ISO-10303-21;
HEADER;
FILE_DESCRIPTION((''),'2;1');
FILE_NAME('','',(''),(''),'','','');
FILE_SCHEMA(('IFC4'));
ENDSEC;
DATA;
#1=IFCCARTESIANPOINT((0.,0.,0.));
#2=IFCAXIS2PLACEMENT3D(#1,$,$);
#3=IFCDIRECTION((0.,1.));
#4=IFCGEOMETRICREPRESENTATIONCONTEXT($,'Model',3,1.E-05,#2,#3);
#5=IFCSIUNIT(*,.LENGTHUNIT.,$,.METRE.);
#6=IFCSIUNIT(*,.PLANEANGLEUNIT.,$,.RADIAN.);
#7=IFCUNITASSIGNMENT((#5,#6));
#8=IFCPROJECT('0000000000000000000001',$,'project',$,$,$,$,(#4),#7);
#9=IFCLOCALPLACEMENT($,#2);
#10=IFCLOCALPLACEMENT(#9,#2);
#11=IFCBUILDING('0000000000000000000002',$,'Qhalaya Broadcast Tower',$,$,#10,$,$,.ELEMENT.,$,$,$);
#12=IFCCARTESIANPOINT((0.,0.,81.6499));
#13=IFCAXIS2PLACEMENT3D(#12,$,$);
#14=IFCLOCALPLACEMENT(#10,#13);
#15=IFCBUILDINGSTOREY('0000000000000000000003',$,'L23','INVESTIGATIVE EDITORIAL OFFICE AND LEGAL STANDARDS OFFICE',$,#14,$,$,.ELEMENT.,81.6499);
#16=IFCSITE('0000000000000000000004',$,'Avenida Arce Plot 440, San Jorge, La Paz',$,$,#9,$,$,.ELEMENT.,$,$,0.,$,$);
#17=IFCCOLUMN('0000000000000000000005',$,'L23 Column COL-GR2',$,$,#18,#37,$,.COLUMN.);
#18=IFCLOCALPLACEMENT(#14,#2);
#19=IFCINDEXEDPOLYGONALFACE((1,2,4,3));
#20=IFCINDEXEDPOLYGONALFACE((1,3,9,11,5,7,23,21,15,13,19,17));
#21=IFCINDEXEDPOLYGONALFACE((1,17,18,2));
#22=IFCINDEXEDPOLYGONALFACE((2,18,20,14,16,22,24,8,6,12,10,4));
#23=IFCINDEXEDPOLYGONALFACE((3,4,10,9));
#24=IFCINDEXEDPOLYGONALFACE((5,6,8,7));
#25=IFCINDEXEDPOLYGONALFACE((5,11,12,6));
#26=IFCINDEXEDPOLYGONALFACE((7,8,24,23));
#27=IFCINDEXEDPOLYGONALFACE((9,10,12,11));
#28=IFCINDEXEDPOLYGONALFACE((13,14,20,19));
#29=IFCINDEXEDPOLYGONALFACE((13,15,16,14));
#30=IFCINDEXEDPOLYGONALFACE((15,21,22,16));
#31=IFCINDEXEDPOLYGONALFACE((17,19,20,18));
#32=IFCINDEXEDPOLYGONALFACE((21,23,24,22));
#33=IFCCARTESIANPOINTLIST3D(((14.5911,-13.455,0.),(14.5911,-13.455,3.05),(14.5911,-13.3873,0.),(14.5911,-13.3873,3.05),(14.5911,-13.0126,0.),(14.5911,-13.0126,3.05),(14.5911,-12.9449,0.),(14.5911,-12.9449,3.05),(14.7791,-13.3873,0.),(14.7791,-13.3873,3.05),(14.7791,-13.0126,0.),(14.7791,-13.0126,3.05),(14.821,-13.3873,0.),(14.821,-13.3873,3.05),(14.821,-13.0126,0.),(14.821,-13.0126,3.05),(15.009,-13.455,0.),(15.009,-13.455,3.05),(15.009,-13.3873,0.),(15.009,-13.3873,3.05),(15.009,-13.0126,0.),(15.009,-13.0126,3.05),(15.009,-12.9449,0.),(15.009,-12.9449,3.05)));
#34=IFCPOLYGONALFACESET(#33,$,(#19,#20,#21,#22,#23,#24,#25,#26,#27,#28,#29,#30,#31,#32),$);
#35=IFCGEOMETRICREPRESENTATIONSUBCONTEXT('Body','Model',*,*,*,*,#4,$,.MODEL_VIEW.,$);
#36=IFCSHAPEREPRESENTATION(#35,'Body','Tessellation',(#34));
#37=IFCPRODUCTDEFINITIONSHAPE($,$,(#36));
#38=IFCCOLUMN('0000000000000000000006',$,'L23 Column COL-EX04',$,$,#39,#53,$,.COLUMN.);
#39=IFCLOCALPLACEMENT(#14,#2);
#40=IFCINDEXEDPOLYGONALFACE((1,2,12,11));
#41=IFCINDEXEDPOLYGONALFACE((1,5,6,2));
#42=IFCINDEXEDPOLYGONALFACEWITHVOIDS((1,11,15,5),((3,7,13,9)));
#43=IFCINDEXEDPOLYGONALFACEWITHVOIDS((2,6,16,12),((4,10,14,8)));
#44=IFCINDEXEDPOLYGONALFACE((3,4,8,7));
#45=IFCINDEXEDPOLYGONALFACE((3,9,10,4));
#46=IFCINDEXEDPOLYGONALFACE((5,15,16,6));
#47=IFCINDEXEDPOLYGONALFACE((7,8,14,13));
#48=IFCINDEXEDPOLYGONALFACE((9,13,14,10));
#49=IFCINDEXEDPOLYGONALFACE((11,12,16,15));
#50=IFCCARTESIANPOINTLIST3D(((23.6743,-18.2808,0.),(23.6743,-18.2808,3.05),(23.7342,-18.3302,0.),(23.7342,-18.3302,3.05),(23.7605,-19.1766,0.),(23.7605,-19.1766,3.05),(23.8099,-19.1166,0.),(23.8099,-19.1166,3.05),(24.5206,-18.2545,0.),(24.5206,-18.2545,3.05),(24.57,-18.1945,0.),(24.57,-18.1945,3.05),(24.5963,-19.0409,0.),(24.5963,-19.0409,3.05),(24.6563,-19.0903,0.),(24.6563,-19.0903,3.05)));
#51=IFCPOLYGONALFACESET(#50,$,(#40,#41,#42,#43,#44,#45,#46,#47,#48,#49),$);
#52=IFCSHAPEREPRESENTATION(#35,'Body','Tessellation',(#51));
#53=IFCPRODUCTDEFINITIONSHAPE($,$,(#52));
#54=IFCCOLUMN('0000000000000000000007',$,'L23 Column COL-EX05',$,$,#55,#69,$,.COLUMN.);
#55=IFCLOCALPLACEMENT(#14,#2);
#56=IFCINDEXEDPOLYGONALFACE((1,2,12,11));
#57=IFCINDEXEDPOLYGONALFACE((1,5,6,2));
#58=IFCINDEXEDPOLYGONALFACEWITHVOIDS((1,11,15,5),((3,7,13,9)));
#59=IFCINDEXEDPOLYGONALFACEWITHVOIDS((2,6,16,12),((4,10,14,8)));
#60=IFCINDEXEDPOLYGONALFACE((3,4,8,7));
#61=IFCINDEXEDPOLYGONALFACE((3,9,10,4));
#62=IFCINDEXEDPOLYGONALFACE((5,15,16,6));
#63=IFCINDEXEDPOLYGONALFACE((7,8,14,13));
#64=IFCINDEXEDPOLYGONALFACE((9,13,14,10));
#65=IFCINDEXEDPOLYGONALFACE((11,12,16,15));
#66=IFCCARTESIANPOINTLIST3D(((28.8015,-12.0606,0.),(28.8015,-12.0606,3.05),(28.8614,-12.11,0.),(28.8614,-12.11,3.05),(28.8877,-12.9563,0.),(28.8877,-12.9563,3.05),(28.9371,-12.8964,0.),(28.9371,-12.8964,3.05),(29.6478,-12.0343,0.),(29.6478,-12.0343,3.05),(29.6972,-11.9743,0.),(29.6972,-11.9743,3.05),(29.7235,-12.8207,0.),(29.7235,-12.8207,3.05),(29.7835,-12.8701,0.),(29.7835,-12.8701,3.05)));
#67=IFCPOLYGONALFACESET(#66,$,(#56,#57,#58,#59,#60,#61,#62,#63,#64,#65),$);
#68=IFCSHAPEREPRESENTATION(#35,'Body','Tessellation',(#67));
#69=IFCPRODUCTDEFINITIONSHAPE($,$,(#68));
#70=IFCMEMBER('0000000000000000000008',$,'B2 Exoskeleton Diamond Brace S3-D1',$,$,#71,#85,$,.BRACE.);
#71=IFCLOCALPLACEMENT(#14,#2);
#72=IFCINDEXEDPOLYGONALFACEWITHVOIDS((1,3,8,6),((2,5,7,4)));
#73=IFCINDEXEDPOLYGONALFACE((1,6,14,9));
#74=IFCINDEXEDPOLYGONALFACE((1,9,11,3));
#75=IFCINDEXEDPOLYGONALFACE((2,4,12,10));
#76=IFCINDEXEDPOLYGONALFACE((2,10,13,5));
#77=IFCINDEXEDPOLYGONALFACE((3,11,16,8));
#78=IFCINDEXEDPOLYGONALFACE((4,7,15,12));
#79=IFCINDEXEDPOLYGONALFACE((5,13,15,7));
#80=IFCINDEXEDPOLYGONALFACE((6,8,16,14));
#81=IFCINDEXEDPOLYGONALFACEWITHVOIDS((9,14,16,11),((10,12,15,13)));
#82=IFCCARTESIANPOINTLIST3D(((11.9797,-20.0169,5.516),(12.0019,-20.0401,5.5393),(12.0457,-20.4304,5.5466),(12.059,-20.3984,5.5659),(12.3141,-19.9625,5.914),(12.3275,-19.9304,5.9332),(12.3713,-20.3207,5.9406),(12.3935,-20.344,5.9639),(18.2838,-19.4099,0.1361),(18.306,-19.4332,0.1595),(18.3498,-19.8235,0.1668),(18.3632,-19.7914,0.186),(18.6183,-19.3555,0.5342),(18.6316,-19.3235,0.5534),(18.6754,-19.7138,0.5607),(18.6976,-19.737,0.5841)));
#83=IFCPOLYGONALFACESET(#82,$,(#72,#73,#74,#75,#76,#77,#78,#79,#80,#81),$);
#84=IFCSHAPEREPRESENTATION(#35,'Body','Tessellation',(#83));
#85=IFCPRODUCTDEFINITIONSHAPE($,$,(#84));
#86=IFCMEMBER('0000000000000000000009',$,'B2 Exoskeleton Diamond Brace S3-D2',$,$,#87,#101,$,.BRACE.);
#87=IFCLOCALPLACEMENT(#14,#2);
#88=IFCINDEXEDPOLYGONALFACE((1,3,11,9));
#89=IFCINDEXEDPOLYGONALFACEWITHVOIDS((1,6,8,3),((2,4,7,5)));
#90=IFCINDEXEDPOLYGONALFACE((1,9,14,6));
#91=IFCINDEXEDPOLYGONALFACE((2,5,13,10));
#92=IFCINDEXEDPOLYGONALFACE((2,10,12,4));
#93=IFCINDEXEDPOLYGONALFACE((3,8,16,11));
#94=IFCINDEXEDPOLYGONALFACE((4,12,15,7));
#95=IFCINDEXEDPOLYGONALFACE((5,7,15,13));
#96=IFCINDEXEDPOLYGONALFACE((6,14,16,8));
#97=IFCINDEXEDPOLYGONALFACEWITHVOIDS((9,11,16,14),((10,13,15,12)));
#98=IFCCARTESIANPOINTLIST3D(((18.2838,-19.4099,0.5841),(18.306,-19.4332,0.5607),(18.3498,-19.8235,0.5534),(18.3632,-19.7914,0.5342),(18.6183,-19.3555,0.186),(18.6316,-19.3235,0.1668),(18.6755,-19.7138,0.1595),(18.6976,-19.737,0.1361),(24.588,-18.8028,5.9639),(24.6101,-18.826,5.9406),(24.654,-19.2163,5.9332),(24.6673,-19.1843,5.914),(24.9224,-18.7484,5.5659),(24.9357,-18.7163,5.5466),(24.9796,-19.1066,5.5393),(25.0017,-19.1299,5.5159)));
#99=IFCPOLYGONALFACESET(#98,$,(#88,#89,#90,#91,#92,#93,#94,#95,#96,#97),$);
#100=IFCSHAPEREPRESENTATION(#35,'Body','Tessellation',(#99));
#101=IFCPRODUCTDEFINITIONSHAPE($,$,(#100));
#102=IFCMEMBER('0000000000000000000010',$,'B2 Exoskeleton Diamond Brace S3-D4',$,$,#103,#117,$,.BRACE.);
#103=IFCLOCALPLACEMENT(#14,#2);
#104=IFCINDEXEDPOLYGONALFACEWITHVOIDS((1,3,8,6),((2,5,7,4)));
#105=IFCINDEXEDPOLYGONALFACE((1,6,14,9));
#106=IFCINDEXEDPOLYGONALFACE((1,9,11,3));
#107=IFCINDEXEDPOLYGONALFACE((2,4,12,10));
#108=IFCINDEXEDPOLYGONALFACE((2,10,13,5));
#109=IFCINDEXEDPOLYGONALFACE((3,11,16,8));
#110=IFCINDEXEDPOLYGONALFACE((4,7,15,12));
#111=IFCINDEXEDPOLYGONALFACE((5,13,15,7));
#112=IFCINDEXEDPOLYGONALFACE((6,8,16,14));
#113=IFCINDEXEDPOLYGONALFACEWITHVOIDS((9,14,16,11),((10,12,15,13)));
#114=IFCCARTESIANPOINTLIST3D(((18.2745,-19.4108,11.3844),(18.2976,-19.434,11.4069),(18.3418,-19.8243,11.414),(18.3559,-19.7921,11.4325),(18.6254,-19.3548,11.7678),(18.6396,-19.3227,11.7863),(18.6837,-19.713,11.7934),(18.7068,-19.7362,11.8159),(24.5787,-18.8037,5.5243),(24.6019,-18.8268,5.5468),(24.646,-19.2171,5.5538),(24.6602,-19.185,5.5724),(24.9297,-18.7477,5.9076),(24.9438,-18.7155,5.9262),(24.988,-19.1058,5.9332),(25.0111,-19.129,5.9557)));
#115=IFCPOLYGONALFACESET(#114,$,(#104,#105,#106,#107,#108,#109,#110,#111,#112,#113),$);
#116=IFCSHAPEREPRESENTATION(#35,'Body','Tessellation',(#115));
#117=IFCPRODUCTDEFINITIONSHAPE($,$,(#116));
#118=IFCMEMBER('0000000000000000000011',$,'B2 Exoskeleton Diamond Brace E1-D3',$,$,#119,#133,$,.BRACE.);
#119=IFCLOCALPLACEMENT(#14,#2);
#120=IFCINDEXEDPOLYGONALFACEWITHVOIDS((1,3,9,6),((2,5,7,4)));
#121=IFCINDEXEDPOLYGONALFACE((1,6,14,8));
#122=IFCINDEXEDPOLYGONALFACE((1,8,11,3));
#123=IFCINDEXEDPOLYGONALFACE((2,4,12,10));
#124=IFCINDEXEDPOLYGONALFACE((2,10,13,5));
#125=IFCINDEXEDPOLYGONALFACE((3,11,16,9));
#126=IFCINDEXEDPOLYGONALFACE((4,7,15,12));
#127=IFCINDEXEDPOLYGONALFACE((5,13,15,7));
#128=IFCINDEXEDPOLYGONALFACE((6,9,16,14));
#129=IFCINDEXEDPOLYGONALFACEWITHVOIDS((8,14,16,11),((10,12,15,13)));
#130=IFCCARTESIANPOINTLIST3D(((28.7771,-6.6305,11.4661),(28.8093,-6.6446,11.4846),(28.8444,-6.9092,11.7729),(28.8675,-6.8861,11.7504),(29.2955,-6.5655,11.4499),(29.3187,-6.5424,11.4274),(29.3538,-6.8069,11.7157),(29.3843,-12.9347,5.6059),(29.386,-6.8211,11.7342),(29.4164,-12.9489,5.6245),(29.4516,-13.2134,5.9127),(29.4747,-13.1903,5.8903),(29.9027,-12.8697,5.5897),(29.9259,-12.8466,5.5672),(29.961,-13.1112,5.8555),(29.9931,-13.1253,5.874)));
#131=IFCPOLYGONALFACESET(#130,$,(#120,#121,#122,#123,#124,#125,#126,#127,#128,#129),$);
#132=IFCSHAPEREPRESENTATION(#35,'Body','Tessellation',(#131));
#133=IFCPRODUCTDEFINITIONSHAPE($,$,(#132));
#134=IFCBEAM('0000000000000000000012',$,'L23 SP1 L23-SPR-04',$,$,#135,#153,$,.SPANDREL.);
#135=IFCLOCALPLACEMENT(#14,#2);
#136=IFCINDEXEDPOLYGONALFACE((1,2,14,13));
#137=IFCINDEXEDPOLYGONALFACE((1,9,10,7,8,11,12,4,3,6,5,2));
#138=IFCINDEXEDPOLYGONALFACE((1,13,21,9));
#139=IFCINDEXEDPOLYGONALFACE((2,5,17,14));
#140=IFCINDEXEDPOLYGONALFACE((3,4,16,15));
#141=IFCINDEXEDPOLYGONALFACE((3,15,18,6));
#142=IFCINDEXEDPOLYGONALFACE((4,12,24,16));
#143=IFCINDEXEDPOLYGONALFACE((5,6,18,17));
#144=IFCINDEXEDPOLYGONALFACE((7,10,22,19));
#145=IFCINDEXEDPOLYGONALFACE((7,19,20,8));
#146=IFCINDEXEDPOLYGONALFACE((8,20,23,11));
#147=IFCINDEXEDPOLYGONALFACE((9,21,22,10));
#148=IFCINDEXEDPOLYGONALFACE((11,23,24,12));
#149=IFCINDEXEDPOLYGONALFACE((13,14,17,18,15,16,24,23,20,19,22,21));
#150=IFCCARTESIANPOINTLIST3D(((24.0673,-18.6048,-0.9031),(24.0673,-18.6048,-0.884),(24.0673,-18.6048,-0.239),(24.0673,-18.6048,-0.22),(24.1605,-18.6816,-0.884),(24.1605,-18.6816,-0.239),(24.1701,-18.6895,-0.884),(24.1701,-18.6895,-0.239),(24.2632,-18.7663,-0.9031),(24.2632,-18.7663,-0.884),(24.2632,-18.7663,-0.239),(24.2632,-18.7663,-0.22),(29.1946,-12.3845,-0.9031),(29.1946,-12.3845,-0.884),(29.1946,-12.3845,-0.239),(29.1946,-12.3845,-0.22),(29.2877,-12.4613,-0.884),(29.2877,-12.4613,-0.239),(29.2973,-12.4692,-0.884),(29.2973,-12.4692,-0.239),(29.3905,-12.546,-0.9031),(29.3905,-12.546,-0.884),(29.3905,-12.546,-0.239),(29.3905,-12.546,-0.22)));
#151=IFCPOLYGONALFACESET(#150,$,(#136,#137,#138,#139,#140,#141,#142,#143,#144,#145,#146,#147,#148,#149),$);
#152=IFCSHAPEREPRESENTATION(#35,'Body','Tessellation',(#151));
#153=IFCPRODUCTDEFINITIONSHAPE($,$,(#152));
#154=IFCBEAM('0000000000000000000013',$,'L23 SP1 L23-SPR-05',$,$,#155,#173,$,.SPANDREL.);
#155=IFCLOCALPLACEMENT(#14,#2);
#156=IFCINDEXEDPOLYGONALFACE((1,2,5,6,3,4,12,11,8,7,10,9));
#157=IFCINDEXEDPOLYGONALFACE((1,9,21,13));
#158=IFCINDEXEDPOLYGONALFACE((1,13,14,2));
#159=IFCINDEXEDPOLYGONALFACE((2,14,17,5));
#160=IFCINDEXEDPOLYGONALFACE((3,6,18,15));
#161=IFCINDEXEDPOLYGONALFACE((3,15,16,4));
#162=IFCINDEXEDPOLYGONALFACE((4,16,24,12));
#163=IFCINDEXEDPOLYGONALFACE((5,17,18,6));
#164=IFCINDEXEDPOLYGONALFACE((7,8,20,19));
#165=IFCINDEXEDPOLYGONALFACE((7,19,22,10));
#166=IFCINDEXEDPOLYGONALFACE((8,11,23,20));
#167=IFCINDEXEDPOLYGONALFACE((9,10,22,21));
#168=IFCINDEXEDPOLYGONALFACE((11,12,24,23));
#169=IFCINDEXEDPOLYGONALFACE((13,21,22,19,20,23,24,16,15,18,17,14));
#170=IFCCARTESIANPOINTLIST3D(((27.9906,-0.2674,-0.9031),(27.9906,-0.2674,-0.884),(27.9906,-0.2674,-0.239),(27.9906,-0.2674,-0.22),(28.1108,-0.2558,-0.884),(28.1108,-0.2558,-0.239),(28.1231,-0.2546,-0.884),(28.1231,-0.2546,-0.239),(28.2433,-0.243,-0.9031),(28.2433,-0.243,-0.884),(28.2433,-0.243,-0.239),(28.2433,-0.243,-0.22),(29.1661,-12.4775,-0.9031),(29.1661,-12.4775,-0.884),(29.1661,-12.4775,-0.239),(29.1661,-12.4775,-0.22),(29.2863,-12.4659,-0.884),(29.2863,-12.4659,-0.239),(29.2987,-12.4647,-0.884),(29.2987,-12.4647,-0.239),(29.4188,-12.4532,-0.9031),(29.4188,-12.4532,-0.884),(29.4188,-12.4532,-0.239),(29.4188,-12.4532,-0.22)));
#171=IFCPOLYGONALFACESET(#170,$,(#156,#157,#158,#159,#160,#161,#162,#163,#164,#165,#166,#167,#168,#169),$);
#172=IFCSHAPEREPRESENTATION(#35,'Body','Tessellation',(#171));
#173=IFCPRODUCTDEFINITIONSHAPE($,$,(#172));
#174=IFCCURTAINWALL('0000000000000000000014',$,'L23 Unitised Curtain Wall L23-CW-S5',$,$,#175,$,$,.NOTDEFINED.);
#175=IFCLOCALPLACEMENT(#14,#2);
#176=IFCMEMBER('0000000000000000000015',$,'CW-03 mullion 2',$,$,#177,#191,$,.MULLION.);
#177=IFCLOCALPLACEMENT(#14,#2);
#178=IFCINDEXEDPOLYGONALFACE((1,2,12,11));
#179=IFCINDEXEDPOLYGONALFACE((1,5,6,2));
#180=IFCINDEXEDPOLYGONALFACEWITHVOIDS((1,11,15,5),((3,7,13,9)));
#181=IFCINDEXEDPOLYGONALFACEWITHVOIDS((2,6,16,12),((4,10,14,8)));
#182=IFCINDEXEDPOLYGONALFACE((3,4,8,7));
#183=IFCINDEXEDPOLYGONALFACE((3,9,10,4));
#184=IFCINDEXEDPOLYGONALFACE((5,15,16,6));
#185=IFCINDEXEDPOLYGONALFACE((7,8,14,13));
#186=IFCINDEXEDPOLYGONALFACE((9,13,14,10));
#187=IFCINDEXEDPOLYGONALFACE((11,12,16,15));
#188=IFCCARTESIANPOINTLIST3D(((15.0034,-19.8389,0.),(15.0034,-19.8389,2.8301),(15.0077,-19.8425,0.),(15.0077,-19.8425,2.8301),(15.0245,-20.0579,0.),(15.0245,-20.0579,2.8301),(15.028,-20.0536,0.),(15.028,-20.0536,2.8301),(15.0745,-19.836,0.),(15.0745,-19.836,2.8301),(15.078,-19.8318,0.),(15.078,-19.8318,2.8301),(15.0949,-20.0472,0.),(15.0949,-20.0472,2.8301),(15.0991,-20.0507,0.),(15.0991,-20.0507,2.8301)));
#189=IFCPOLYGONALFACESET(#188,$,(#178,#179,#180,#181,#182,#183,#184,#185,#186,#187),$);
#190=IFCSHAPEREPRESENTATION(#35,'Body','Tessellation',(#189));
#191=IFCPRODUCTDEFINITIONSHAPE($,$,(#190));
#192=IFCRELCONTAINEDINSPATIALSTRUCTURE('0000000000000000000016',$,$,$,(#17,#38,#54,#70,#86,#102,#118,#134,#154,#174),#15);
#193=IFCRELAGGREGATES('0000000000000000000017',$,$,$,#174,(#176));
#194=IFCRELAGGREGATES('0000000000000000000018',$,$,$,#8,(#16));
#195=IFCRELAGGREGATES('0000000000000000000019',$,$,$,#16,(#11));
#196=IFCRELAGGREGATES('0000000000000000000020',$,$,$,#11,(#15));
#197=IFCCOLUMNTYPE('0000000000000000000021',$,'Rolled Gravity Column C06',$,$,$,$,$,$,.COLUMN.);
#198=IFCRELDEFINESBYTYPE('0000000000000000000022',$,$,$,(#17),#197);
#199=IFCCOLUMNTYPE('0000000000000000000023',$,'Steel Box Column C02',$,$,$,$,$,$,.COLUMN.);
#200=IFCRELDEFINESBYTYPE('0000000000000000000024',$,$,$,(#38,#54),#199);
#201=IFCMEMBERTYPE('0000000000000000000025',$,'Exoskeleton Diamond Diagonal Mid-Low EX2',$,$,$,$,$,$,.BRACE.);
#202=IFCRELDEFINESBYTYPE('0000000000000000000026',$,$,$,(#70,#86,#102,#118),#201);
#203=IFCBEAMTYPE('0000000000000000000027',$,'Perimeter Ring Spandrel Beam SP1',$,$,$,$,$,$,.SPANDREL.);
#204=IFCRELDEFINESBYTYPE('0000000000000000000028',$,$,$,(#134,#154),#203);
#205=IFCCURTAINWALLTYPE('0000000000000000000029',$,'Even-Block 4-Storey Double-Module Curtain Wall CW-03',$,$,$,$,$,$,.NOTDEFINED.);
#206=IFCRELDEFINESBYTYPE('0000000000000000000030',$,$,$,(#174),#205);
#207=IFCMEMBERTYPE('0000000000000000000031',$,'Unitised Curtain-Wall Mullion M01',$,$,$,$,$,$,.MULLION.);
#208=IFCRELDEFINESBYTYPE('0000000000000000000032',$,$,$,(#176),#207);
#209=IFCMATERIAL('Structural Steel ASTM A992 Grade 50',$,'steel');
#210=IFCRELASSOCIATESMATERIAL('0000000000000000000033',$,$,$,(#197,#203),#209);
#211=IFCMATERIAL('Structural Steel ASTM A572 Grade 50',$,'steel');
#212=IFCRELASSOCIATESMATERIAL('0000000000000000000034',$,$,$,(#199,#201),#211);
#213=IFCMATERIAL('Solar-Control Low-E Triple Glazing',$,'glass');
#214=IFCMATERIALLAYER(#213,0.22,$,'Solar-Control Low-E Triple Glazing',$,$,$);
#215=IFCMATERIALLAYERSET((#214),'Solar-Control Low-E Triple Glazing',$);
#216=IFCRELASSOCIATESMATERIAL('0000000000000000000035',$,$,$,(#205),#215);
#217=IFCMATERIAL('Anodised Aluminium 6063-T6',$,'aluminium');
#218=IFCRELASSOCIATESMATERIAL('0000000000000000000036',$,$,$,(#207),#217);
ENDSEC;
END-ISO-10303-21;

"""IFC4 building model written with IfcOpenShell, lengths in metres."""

from ifc_helpers import new_model, si_unit, direction, frame, origin, origin_2d, place, context, subcontext, project, spatial, hollow_rectangle, i_section, extrude, material, layer, layer_set, material_profile, profile_set, type_object, element, aggregate, save


model = new_model("IFC4")

# Units and contexts
model_context = context("Model", 3, precision=1e-05, world=origin(), true_north=direction((0.0, 1.0)))
body_context = subcontext(model_context, "Body", "Model", "MODEL_VIEW")
ifc_project = project(units=[si_unit("LENGTHUNIT", "METRE"), si_unit("PLANEANGLEUNIT", "RADIAN")], contexts=[model_context])

# Site, building, storey
site_placement = place(None, origin())
site = spatial("IfcSite", under=ifc_project, at=site_placement, Name="Avenida Arce Plot 440, San Jorge, La Paz", CompositionType="ELEMENT", RefElevation=0.0)
building_placement = place(site_placement, origin())
building = spatial("IfcBuilding", under=site, at=building_placement, Name="Qhalaya Broadcast Tower", CompositionType="ELEMENT")
storey_placement = place(building_placement, frame((0.0, 0.0, 81.6499)))
storey = spatial("IfcBuildingStorey", under=building, at=storey_placement, Name="L23", Description="INVESTIGATIVE EDITORIAL OFFICE AND LEGAL STANDARDS OFFICE", CompositionType="ELEMENT", Elevation=81.6499)

# Columns
ifc_material_1 = material(Name="Structural Steel ASTM A992 Grade 50", Category="steel")
ifc_material_profile_1 = material_profile(ifc_material_1, i_section(OverallWidth=0.418, OverallDepth=0.51, WebThickness=0.042, FlangeThickness=0.0676, at=origin_2d()), Name="W14X370")
ifc_profile_set_1 = profile_set([ifc_material_profile_1], Name="Structural Steel ASTM A992 Grade 50")
column_type_1 = type_object("IfcColumnType", Name="Rolled Gravity Column C06", PredefinedType="COLUMN", material=ifc_profile_set_1)
column_placement = place(storey_placement, frame((14.8, -13.2, 0.0), z_axis=(0.0, 0.0, 1.0), x_axis=(1.0, 0.0, 0.0)))
element("IfcColumn", 1, at=column_placement, inside=storey, type_object=column_type_1, Name="L23 Column COL-GR2", PredefinedType="COLUMN", context=body_context, shape_type="SweptSolid", body=[
    extrude(i_section(OverallWidth=0.418, OverallDepth=0.51, WebThickness=0.042, FlangeThickness=0.0676, at=origin_2d()), origin(), (0.0, 0.0, 1.0), 3.05),
])
ifc_material_2 = material(Name="Structural Steel ASTM A572 Grade 50", Category="steel")
ifc_material_profile_2 = material_profile(ifc_material_2, hollow_rectangle(XDim=0.8999, YDim=0.8999, WallThickness=0.0549, at=origin_2d()), Name="BOX 900x900x55")
ifc_profile_set_2 = profile_set([ifc_material_profile_2], Name="Structural Steel ASTM A572 Grade 50")
column_type_2 = type_object("IfcColumnType", Name="Steel Box Column C02", PredefinedType="COLUMN", material=ifc_profile_set_2)
for number, where, z_axis, x_axis, name in (
    (2, (24.1653, -18.6855, 0.0), (0.0, 0.0, 1.0), (0.995396, 0.095846, 0.0), "L23 Column COL-EX04"),
    (3, (29.2925, -12.4653, 0.0), (0.0, 0.0, 1.0), (-0.095846, 0.995396, 0.0), "L23 Column COL-EX05"),
):
    element("IfcColumn", number, at=place(storey_placement, frame(where, z_axis=z_axis, x_axis=x_axis)), inside=storey, type_object=column_type_2, Name=name, PredefinedType="COLUMN", context=body_context, shape_type="SweptSolid", body=[
        extrude(hollow_rectangle(XDim=0.8999, YDim=0.8999, WallThickness=0.0549, at=origin_2d()), origin(), (0.0, 0.0, 1.0), 3.05),
    ])

# Members
ifc_material_profile_3 = material_profile(ifc_material_2, hollow_rectangle(XDim=0.4199, YDim=0.55, WallThickness=0.0281, at=origin_2d()), Name="BOX 420x550x28")
ifc_profile_set_3 = profile_set([ifc_material_profile_3], Name="Structural Steel ASTM A572 Grade 50")
member_type_1 = type_object("IfcMemberType", Name="Exoskeleton Diamond Diagonal Mid-Low EX2", PredefinedType="BRACE", material=ifc_profile_set_3)
for number, where, z_axis, x_axis, name in (
    (4, (18.4907, -19.5735, 0.3601), (-0.758637, -0.073037, 0.647406), (0.157156, -0.984869, 0.073048), "B2 Exoskeleton Diamond Brace S3-D1"),
    (5, (18.4907, -19.5735, 0.3601), (0.758636, 0.073067, 0.647405), (-0.157193, 0.984862, 0.073048), "B2 Exoskeleton Diamond Brace S3-D2"),
):
    element("IfcMember", number, at=place(storey_placement, frame(where, z_axis=z_axis, x_axis=x_axis)), inside=storey, type_object=member_type_1, Name=name, PredefinedType="BRACE", context=body_context, shape_type="SweptSolid", body=[
        extrude(hollow_rectangle(XDim=0.4199, YDim=0.55, WallThickness=0.0281, at=origin_2d()), origin(), (0.0, 0.0, 1.0), 8.3098),
    ])
for number, where, z_axis, x_axis, name in (
    (6, (24.7949, -18.9663, 5.74), (-0.730618, -0.070368, 0.679151), (0.160222, -0.984571, 0.070351), "B2 Exoskeleton Diamond Brace S3-D4"),
    (7, (29.6887, -13.03, 5.74), (-0.070368, 0.730618, 0.679151), (0.160214, -0.663721, 0.73062), "B2 Exoskeleton Diamond Brace E1-D3"),
):
    element("IfcMember", number, at=place(storey_placement, frame(where, z_axis=z_axis, x_axis=x_axis)), inside=storey, type_object=member_type_1, Name=name, PredefinedType="BRACE", context=body_context, shape_type="SweptSolid", body=[
        extrude(hollow_rectangle(XDim=0.4199, YDim=0.55, WallThickness=0.0281, at=origin_2d()), origin(), (0.0, 0.0, 1.0), 8.6287),
    ])

# Beams
ifc_material_profile_4 = material_profile(ifc_material_1, i_section(OverallWidth=0.2539, OverallDepth=0.6831, WebThickness=0.0125, FlangeThickness=0.019, at=origin_2d()), Name="W27X94")
ifc_profile_set_4 = profile_set([ifc_material_profile_4], Name="Structural Steel ASTM A992 Grade 50")
beam_type = type_object("IfcBeamType", Name="Perimeter Ring Spandrel Beam SP1", PredefinedType="SPANDREL", material=ifc_profile_set_4)
beam_1_placement = place(storey_placement, frame((24.1653, -18.6855, -0.5615), z_axis=(0.636052, 0.771646, 0.0), x_axis=(-0.771646, 0.636052, 0.0)))
element("IfcBeam", 8, at=beam_1_placement, inside=storey, type_object=beam_type, Name="L23 SP1 L23-SPR-04", PredefinedType="SPANDREL", context=body_context, shape_type="SweptSolid", body=[
    extrude(i_section(OverallWidth=0.2539, OverallDepth=0.6831, WebThickness=0.0125, FlangeThickness=0.019, at=origin_2d()), origin(), (0.0, 0.0, 1.0), 8.061),
])
beam_2_placement = place(storey_placement, frame((29.2925, -12.4653, -0.5615), z_axis=(-0.095832, 0.995398, 0.0), x_axis=(-0.995398, -0.095832, 0.0)))
element("IfcBeam", 9, at=beam_2_placement, inside=storey, type_object=beam_type, Name="L23 SP1 L23-SPR-05", PredefinedType="SPANDREL", context=body_context, shape_type="SweptSolid", body=[
    extrude(i_section(OverallWidth=0.2539, OverallDepth=0.6831, WebThickness=0.0125, FlangeThickness=0.019, at=origin_2d()), origin(), (0.0, 0.0, 1.0), 12.2666),
])

# Curtain wall, member
ifc_material_3 = material(Name="Solar-Control Low-E Triple Glazing", Category="glass")
ifc_layer_1 = layer(ifc_material_3, 0.22, Name="Solar-Control Low-E Triple Glazing")
ifc_layer_set_1 = layer_set([ifc_layer_1], Name="Solar-Control Low-E Triple Glazing")
curtain_wall_type_1 = type_object("IfcCurtainWallType", Name="Even-Block 4-Storey Double-Module Curtain Wall CW-03", PredefinedType="NOTDEFINED", material=ifc_layer_set_1)
curtain_wall_1_placement = place(storey_placement, origin())
curtain_wall_1 = element("IfcCurtainWall", 10, at=curtain_wall_1_placement, inside=storey, type_object=curtain_wall_type_1, Name="L23 Unitised Curtain Wall L23-CW-S5", PredefinedType="NOTDEFINED")
ifc_material_4 = material(Name="Anodised Aluminium 6063-T6", Category="aluminium")
ifc_material_profile_5 = material_profile(ifc_material_4, hollow_rectangle(XDim=0.075, YDim=0.22, WallThickness=0.0039, at=origin_2d()), Name="ALU-MUL 75x220x4")
ifc_profile_set_5 = profile_set([ifc_material_profile_5], Name="Anodised Aluminium 6063-T6")
member_type_2 = type_object("IfcMemberType", Name="Unitised Curtain-Wall Mullion M01", PredefinedType="MULLION", material=ifc_profile_set_5)
member_1_placement = place(storey_placement, frame((15.0513, -19.9448, 0.0), z_axis=(0.0, 0.0, 1.0), x_axis=(0.995396, 0.095844, 0.0)))
member_1 = element("IfcMember", 11, at=member_1_placement, type_object=member_type_2, Name="CW-03 mullion 2", PredefinedType="MULLION", context=body_context, shape_type="SweptSolid", body=[
    extrude(hollow_rectangle(XDim=0.075, YDim=0.22, WallThickness=0.0039, at=origin_2d()), origin(), (0.0, 0.0, 1.0), 2.8301),
])
aggregate(curtain_wall_1, [member_1])

save(model, "model.ifc")
